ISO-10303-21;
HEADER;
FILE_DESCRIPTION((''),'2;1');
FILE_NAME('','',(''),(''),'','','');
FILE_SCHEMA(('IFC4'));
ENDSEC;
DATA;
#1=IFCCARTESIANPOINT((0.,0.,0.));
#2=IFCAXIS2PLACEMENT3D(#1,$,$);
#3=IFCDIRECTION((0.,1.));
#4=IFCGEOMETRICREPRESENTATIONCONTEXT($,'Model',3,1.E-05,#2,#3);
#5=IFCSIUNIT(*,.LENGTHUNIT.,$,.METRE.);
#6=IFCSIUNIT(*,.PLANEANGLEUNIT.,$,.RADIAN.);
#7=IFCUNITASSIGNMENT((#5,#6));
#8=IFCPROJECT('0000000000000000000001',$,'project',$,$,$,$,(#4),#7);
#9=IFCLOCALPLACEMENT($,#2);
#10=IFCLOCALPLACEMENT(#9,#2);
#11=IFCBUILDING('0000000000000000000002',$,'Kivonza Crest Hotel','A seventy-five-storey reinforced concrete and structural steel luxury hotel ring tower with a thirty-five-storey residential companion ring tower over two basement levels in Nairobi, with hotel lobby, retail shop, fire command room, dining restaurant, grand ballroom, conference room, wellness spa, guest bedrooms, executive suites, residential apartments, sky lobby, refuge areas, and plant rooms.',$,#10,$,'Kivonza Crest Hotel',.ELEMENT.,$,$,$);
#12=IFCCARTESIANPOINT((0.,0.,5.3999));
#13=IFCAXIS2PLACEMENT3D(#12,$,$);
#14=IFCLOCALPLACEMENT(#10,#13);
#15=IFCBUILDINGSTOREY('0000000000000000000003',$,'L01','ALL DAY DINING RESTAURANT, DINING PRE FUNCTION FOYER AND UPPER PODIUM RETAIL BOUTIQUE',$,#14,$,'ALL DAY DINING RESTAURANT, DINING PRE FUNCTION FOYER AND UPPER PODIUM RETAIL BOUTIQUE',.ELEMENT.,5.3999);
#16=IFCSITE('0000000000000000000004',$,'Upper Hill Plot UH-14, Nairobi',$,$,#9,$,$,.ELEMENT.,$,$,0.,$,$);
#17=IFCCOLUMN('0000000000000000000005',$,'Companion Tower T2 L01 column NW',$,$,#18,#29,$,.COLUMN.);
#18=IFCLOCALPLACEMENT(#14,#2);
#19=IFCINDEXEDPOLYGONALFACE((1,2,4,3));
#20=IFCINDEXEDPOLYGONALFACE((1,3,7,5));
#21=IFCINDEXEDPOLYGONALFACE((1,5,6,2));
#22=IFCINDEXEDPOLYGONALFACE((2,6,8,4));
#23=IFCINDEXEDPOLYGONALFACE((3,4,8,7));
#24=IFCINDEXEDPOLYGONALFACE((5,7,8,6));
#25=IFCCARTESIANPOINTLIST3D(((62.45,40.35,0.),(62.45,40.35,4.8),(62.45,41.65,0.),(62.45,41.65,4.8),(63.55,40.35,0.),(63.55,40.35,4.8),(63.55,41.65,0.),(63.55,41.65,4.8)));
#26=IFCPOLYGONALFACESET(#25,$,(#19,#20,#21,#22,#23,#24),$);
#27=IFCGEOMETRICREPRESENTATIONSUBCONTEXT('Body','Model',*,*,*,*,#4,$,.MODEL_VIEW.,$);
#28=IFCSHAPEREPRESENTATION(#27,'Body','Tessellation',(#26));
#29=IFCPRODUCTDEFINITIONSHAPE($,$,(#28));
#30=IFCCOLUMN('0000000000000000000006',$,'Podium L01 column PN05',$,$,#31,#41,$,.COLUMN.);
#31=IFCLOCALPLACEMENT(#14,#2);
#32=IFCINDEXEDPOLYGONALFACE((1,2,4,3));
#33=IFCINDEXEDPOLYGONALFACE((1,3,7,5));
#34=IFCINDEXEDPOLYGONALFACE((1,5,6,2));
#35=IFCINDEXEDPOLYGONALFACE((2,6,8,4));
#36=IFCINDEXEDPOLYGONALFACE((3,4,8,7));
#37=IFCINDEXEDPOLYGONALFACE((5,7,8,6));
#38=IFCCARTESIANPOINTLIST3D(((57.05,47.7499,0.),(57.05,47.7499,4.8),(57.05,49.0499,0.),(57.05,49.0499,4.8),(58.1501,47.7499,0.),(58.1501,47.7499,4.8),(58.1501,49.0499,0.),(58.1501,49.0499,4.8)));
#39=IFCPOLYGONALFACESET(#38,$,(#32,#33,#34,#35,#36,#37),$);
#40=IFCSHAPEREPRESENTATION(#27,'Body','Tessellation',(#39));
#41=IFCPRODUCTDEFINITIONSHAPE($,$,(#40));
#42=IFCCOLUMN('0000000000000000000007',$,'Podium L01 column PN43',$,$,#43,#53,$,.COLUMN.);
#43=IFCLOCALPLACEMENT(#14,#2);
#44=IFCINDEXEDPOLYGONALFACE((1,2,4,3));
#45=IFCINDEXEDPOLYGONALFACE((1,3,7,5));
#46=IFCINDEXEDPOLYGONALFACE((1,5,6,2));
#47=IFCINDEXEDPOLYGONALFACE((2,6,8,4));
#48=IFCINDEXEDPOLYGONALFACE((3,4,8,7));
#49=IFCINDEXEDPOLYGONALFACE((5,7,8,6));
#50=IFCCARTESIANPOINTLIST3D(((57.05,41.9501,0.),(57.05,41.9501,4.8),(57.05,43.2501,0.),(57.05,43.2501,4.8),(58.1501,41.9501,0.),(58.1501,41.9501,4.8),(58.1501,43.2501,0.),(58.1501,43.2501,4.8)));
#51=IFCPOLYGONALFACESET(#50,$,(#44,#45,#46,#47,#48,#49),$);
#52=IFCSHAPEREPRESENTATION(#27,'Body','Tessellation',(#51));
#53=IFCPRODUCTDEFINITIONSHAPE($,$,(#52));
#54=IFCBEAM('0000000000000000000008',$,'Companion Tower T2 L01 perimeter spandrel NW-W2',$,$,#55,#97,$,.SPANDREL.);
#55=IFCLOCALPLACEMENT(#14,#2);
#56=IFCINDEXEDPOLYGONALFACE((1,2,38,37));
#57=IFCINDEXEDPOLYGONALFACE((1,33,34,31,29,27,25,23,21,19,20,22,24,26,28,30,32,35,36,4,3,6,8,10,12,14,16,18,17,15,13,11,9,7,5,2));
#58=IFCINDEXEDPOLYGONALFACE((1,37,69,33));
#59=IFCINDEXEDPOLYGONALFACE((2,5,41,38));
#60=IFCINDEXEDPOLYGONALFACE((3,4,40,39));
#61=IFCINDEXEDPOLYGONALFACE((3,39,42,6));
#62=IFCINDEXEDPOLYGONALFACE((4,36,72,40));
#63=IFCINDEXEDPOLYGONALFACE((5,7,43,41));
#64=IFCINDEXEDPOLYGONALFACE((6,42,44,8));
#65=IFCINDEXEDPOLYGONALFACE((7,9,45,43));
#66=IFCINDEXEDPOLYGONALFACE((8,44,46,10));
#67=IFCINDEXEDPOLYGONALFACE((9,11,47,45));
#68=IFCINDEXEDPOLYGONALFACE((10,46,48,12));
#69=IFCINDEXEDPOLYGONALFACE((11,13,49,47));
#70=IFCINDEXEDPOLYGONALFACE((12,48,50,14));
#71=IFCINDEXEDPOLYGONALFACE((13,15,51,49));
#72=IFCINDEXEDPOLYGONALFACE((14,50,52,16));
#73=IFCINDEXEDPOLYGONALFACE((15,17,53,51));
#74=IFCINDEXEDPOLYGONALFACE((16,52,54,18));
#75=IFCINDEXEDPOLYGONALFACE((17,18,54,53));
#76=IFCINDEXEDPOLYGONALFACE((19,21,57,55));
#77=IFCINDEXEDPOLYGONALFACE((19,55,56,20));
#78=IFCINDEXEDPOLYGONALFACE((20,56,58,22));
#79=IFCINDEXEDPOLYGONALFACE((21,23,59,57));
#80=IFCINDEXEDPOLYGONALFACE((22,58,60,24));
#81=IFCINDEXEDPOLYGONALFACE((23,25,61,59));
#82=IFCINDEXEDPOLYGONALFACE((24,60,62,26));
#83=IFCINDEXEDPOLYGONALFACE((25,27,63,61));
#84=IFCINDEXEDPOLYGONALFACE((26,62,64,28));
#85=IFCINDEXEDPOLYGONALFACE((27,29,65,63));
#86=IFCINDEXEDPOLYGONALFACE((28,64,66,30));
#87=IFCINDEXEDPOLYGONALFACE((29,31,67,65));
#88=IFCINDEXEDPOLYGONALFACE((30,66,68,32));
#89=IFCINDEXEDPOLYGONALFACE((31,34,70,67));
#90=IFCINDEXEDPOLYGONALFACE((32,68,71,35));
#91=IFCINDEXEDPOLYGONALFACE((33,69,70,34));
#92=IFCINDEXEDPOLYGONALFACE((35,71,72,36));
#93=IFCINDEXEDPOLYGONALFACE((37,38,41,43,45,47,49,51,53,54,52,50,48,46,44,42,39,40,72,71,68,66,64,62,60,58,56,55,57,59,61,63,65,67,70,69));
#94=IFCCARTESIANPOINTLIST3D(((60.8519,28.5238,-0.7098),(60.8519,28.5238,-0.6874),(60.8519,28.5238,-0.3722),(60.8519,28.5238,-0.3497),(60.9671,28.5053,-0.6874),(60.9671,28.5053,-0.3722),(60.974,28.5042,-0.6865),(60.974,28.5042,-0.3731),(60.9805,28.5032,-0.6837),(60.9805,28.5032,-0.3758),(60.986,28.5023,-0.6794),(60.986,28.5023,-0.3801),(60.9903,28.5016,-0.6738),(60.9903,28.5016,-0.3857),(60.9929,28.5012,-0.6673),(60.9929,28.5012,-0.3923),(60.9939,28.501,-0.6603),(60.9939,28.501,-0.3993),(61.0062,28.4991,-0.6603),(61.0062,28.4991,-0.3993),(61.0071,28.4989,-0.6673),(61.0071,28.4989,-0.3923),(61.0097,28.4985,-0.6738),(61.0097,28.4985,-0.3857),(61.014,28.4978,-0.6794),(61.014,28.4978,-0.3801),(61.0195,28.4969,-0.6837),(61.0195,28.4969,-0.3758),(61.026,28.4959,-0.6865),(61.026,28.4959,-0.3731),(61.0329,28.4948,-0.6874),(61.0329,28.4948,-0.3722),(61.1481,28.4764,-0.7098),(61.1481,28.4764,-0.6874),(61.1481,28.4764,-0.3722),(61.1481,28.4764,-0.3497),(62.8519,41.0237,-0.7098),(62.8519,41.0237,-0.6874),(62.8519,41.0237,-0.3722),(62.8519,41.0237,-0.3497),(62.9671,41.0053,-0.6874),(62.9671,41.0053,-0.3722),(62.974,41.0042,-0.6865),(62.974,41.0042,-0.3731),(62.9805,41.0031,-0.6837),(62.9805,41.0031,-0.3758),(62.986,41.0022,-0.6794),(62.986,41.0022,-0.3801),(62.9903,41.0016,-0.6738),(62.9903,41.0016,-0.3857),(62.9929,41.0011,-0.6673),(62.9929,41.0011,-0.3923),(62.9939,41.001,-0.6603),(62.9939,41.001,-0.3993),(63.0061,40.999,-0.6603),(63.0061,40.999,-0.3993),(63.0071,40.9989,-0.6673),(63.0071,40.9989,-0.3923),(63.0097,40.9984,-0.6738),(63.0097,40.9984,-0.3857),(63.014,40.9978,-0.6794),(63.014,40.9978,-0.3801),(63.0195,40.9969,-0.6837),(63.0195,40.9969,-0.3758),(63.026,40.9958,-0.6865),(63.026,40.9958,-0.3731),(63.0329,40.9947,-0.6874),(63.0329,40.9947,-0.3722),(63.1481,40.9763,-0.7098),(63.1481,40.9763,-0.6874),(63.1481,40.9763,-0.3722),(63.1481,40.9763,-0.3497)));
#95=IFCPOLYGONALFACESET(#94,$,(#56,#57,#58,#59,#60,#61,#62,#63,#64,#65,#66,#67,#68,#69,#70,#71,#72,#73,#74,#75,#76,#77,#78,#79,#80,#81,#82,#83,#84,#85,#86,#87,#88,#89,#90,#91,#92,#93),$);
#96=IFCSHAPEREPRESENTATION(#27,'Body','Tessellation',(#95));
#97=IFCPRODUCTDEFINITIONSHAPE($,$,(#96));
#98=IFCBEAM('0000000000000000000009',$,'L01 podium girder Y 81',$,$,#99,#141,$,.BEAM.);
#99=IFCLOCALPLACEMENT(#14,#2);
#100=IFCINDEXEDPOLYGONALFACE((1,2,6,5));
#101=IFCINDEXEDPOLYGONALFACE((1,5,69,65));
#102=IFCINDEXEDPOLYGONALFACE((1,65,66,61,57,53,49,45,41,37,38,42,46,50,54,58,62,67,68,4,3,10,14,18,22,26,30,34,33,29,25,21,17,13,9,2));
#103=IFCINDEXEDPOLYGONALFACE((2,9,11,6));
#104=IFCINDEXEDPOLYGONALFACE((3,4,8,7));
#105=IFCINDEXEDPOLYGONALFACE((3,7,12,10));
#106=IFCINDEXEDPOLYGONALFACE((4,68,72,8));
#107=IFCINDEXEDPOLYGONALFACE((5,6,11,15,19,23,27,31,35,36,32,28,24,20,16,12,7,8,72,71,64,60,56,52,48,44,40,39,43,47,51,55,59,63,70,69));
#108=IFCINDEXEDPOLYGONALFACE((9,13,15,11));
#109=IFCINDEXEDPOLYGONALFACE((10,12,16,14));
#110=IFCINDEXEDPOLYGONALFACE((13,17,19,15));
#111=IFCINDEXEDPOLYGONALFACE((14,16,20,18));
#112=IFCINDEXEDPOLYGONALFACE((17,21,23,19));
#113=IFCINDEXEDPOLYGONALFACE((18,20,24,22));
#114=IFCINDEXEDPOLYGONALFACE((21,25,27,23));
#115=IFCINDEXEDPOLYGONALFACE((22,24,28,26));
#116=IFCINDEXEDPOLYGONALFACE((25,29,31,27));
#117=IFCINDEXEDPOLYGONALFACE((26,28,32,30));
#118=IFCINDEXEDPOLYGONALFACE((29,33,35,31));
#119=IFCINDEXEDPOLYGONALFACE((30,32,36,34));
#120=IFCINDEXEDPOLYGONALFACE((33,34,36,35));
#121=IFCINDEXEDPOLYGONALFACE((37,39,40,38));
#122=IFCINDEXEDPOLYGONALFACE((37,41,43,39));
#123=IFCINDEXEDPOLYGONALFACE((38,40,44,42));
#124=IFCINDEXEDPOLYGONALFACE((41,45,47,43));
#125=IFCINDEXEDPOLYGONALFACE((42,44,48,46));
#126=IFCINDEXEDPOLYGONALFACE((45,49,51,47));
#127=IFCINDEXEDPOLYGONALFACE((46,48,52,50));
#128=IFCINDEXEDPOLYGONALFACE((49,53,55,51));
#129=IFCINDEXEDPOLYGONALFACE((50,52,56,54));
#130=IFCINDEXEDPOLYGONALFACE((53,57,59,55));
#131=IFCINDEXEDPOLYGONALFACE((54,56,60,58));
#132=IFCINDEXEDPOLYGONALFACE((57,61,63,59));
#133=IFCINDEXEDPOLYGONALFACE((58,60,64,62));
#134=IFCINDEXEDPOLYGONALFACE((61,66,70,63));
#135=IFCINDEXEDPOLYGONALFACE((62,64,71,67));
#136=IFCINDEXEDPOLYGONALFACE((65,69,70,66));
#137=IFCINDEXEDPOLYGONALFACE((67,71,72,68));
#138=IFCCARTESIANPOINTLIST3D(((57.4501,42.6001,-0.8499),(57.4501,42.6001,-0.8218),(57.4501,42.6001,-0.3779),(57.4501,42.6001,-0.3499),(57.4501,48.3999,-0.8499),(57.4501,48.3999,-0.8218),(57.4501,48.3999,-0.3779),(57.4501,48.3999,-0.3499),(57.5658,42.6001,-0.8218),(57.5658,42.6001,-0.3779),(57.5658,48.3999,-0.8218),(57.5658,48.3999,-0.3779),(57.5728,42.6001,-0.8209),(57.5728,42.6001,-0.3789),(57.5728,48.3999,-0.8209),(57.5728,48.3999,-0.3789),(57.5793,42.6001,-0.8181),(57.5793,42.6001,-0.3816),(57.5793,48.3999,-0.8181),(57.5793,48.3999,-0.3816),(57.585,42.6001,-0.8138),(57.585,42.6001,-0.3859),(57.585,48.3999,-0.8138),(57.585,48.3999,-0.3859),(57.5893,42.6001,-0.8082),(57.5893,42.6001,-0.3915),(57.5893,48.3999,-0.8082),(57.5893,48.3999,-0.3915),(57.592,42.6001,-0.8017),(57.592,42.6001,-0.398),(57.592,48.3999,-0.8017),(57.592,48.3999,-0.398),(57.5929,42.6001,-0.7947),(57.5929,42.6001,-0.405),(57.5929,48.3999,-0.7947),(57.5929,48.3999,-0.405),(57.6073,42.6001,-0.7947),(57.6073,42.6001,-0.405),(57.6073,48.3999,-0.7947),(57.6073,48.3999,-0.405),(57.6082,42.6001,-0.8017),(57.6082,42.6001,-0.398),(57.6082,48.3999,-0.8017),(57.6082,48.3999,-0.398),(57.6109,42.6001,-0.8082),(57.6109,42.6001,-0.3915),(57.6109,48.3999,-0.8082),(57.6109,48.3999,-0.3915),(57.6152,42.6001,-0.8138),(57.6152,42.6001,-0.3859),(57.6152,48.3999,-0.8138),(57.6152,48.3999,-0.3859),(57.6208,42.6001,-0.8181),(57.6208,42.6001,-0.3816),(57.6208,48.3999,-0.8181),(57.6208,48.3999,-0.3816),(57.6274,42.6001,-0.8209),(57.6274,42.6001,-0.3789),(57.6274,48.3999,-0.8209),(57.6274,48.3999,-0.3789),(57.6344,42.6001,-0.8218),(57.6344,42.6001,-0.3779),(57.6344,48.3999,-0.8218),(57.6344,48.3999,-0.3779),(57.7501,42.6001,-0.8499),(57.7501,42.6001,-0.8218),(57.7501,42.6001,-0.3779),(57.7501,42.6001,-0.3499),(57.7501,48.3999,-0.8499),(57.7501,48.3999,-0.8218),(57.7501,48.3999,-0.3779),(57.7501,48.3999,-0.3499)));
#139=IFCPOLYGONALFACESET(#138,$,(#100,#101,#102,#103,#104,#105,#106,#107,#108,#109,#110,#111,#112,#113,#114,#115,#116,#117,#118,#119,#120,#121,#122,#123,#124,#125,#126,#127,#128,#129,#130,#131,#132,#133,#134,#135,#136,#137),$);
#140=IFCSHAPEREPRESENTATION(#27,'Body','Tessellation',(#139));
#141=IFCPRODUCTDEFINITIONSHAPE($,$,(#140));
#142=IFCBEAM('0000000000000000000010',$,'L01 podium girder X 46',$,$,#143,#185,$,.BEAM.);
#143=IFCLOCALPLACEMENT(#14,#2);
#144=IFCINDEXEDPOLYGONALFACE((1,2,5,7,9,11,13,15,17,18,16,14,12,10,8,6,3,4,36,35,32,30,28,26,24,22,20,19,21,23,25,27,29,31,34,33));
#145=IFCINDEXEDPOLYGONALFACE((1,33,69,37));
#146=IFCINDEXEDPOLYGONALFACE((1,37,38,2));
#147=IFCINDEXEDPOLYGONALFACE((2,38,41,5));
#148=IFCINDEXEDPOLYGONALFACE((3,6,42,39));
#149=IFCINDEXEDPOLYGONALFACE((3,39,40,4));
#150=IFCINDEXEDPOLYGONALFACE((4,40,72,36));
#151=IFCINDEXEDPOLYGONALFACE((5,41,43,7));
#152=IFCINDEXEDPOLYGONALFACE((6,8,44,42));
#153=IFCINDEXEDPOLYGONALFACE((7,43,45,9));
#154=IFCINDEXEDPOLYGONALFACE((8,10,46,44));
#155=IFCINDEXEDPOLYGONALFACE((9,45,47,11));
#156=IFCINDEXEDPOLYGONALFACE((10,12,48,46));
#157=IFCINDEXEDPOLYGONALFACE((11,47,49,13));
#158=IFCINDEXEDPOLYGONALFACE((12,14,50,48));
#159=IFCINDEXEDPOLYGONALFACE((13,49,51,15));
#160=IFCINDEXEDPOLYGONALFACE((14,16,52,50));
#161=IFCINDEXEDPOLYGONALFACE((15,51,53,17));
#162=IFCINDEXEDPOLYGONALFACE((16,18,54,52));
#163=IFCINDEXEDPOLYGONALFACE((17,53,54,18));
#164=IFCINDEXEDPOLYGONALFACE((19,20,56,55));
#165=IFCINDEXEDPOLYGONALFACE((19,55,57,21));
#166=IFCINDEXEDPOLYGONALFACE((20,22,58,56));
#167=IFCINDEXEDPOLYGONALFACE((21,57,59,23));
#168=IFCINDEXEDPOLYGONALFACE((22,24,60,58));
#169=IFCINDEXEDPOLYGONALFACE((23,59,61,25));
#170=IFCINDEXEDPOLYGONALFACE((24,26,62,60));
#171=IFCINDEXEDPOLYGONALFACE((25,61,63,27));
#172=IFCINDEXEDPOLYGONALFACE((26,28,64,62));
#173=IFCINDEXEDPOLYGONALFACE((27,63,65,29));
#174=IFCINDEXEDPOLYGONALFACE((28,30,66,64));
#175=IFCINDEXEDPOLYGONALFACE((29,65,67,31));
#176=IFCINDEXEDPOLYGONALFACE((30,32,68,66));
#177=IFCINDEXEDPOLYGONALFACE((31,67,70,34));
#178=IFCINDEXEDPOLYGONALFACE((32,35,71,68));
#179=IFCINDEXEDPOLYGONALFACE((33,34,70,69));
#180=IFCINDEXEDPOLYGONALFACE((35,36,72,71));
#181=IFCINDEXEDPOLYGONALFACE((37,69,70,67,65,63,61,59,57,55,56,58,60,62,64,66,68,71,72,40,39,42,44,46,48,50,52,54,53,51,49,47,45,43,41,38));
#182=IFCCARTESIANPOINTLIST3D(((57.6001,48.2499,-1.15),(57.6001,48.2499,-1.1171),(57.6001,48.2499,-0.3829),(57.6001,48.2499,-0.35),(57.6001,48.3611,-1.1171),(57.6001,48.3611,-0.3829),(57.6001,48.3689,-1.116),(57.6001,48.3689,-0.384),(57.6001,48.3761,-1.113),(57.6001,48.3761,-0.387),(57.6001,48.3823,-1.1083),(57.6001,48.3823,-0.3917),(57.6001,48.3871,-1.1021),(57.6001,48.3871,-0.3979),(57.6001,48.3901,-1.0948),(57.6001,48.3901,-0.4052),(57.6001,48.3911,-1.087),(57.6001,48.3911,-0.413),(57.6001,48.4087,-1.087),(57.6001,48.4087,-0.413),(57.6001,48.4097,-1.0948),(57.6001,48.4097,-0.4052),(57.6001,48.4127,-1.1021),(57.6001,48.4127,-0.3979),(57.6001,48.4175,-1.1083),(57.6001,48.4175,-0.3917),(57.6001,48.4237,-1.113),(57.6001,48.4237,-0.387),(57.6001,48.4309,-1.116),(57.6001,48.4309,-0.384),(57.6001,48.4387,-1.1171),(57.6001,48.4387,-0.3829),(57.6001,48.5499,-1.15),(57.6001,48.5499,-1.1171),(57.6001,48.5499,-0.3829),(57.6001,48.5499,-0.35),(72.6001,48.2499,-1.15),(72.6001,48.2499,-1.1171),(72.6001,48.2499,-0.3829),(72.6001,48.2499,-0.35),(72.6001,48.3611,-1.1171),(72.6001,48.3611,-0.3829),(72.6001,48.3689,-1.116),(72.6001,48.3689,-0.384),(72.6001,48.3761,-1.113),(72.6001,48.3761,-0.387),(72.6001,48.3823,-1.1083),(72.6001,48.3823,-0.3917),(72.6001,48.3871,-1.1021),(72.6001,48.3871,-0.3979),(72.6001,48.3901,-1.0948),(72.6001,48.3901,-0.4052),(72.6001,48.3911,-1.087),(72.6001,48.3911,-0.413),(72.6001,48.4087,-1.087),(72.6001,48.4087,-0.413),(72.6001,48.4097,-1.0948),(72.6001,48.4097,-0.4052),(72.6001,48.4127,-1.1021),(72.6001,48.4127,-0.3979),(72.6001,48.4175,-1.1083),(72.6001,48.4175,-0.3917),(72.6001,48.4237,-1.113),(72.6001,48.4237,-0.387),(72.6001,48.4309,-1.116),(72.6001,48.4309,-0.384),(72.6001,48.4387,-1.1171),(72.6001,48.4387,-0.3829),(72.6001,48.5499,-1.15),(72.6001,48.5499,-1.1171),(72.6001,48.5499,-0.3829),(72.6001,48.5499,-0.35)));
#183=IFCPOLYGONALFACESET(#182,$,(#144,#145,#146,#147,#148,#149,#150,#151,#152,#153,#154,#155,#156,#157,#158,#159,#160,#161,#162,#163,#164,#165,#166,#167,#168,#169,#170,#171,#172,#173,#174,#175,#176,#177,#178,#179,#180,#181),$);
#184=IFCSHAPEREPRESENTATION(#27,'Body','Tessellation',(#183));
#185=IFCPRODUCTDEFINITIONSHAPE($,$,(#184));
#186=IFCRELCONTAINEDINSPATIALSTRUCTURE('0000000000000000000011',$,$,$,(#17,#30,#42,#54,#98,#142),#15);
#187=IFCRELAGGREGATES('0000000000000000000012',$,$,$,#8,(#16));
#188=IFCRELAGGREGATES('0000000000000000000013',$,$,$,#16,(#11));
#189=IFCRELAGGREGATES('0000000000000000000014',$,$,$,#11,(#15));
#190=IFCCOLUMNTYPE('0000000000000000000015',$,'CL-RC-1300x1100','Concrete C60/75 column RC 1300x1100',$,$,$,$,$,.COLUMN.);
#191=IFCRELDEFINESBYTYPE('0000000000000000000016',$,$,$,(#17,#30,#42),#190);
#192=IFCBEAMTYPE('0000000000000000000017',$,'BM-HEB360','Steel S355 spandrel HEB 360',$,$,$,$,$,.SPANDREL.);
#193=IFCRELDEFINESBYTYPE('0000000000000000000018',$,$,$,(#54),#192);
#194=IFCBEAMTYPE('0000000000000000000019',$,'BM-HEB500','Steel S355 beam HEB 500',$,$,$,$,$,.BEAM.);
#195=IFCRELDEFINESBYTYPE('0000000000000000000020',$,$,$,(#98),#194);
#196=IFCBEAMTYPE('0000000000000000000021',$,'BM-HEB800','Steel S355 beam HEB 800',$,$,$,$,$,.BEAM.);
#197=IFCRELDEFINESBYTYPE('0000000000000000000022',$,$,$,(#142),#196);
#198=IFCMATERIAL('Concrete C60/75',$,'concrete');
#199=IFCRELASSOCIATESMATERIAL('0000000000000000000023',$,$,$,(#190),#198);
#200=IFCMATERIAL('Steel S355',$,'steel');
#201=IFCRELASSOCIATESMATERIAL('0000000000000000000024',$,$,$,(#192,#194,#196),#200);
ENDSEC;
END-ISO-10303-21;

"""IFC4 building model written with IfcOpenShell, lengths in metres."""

from ifc_helpers import new_model, si_unit, direction, frame, origin, origin_2d, place, context, subcontext, project, spatial, rectangle, i_section, extrude, material, material_profile, profile_set, type_object, element, save


model = new_model("IFC4")

# Units and contexts
model_context = context("Model", 3, precision=1e-05, world=origin(), true_north=direction((0.0, 1.0)))
body_context = subcontext(model_context, "Body", "Model", "MODEL_VIEW")
ifc_project = project(units=[si_unit("LENGTHUNIT", "METRE"), si_unit("PLANEANGLEUNIT", "RADIAN")], contexts=[model_context])

# Site, building, storey
site_placement = place(None, origin())
site = spatial("IfcSite", under=ifc_project, at=site_placement, Name="Upper Hill Plot UH-14, Nairobi", CompositionType="ELEMENT", RefElevation=0.0)
building_placement = place(site_placement, origin())
building = spatial("IfcBuilding", under=site, at=building_placement, Name="Kivonza Crest Hotel", Description="A seventy-five-storey reinforced concrete and structural steel luxury hotel ring tower with a thirty-five-storey residential companion ring tower over two basement levels in Nairobi, with hotel lobby, retail shop, fire command room, dining restaurant, grand ballroom, conference room, wellness spa, guest bedrooms, executive suites, residential apartments, sky lobby, refuge areas, and plant rooms.", LongName="Kivonza Crest Hotel", CompositionType="ELEMENT")
storey_placement = place(building_placement, frame((0.0, 0.0, 5.3999)))
storey = spatial("IfcBuildingStorey", under=building, at=storey_placement, Name="L01", Description="ALL DAY DINING RESTAURANT, DINING PRE FUNCTION FOYER AND UPPER PODIUM RETAIL BOUTIQUE", LongName="ALL DAY DINING RESTAURANT, DINING PRE FUNCTION FOYER AND UPPER PODIUM RETAIL BOUTIQUE", CompositionType="ELEMENT", Elevation=5.3999)

# Columns
ifc_material_1 = material(Name="Concrete C60/75", Category="concrete")
ifc_material_profile_1 = material_profile(ifc_material_1, rectangle(XDim=1.1001, YDim=1.3, at=origin_2d()), Name="RC 1300x1100")
ifc_profile_set_1 = profile_set([ifc_material_profile_1], Name="Concrete C60/75")
column_type = type_object("IfcColumnType", Name="CL-RC-1300x1100", Description="Concrete C60/75 column RC 1300x1100", PredefinedType="COLUMN", material=ifc_profile_set_1)
for number, where, z_axis, x_axis, name in (
    (1, (63.0, 41.0, 0.0), (0.0, 0.0, 1.0), (1.0, 0.0, 0.0), "Companion Tower T2 L01 column NW"),
    (2, (57.6001, 48.3999, 0.0), (0.0, 0.0, 1.0), (1.0, 0.0, 0.0), "Podium L01 column PN05"),
    (3, (57.6001, 42.6001, 0.0), (0.0, 0.0, 1.0), (1.0, 0.0, 0.0), "Podium L01 column PN43"),
):
    element("IfcColumn", number, at=place(storey_placement, frame(where, z_axis=z_axis, x_axis=x_axis)), inside=storey, type_object=column_type, Name=name, PredefinedType="COLUMN", context=body_context, shape_type="SweptSolid", body=[
        extrude(rectangle(XDim=1.1001, YDim=1.3, at=origin_2d()), origin(), (0.0, 0.0, 1.0), 4.8),
    ])

# Beams
ifc_material_2 = material(Name="Steel S355", Category="steel")
ifc_material_profile_2 = material_profile(ifc_material_2, i_section(OverallWidth=0.3, OverallDepth=0.3601, WebThickness=0.0125, FlangeThickness=0.0225, FilletRadius=0.0271, at=origin_2d()), Name="HEB 360")
ifc_profile_set_2 = profile_set([ifc_material_profile_2], Name="Steel S355")
beam_type_1 = type_object("IfcBeamType", Name="BM-HEB360", Description="Steel S355 spandrel HEB 360", PredefinedType="SPANDREL", material=ifc_profile_set_2)
beam_1_placement = place(storey_placement, frame((63.0, 41.0, -0.5298), z_axis=(-0.157991, -0.987441, 0.0), x_axis=(0.987441, -0.157991, 0.0)))
element("IfcBeam", 4, at=beam_1_placement, inside=storey, type_object=beam_type_1, Name="Companion Tower T2 L01 perimeter spandrel NW-W2", PredefinedType="SPANDREL", context=body_context, shape_type="SweptSolid", body=[
    extrude(i_section(OverallWidth=0.3, OverallDepth=0.3601, WebThickness=0.0125, FlangeThickness=0.0225, FilletRadius=0.0271, at=origin_2d()), origin(), (0.0, 0.0, 1.0), 12.6589),
])
ifc_material_profile_3 = material_profile(ifc_material_2, i_section(OverallWidth=0.3, OverallDepth=0.5, WebThickness=0.0144, FlangeThickness=0.0281, FilletRadius=0.0271, at=origin_2d()), Name="HEB 500")
ifc_profile_set_3 = profile_set([ifc_material_profile_3], Name="Steel S355")
beam_type_2 = type_object("IfcBeamType", Name="BM-HEB500", Description="Steel S355 beam HEB 500", PredefinedType="BEAM", material=ifc_profile_set_3)
beam_2_placement = place(storey_placement, frame((57.6001, 42.6001, -0.5999), z_axis=(0.0, 1.0, 0.0), x_axis=(-1.0, 0.0, 0.0)))
element("IfcBeam", 5, at=beam_2_placement, inside=storey, type_object=beam_type_2, Name="L01 podium girder Y 81", PredefinedType="BEAM", context=body_context, shape_type="SweptSolid", body=[
    extrude(i_section(OverallWidth=0.3, OverallDepth=0.5, WebThickness=0.0144, FlangeThickness=0.0281, FilletRadius=0.0271, at=origin_2d()), origin(), (0.0, 0.0, 1.0), 5.7998),
])
ifc_material_profile_4 = material_profile(ifc_material_2, i_section(OverallWidth=0.3, OverallDepth=0.8, WebThickness=0.0176, FlangeThickness=0.033, FilletRadius=0.03, at=origin_2d()), Name="HEB 800")
ifc_profile_set_4 = profile_set([ifc_material_profile_4], Name="Steel S355")
beam_type_3 = type_object("IfcBeamType", Name="BM-HEB800", Description="Steel S355 beam HEB 800", PredefinedType="BEAM", material=ifc_profile_set_4)
beam_3_placement = place(storey_placement, frame((57.6001, 48.3999, -0.75), z_axis=(1.0, 0.0, 0.0), x_axis=(0.0, 1.0, 0.0)))
element("IfcBeam", 6, at=beam_3_placement, inside=storey, type_object=beam_type_3, Name="L01 podium girder X 46", PredefinedType="BEAM", context=body_context, shape_type="SweptSolid", body=[
    extrude(i_section(OverallWidth=0.3, OverallDepth=0.8, WebThickness=0.0176, FlangeThickness=0.033, FilletRadius=0.03, at=origin_2d()), origin(), (0.0, 0.0, 1.0), 15.0),
])

save(model, "model.ifc")
